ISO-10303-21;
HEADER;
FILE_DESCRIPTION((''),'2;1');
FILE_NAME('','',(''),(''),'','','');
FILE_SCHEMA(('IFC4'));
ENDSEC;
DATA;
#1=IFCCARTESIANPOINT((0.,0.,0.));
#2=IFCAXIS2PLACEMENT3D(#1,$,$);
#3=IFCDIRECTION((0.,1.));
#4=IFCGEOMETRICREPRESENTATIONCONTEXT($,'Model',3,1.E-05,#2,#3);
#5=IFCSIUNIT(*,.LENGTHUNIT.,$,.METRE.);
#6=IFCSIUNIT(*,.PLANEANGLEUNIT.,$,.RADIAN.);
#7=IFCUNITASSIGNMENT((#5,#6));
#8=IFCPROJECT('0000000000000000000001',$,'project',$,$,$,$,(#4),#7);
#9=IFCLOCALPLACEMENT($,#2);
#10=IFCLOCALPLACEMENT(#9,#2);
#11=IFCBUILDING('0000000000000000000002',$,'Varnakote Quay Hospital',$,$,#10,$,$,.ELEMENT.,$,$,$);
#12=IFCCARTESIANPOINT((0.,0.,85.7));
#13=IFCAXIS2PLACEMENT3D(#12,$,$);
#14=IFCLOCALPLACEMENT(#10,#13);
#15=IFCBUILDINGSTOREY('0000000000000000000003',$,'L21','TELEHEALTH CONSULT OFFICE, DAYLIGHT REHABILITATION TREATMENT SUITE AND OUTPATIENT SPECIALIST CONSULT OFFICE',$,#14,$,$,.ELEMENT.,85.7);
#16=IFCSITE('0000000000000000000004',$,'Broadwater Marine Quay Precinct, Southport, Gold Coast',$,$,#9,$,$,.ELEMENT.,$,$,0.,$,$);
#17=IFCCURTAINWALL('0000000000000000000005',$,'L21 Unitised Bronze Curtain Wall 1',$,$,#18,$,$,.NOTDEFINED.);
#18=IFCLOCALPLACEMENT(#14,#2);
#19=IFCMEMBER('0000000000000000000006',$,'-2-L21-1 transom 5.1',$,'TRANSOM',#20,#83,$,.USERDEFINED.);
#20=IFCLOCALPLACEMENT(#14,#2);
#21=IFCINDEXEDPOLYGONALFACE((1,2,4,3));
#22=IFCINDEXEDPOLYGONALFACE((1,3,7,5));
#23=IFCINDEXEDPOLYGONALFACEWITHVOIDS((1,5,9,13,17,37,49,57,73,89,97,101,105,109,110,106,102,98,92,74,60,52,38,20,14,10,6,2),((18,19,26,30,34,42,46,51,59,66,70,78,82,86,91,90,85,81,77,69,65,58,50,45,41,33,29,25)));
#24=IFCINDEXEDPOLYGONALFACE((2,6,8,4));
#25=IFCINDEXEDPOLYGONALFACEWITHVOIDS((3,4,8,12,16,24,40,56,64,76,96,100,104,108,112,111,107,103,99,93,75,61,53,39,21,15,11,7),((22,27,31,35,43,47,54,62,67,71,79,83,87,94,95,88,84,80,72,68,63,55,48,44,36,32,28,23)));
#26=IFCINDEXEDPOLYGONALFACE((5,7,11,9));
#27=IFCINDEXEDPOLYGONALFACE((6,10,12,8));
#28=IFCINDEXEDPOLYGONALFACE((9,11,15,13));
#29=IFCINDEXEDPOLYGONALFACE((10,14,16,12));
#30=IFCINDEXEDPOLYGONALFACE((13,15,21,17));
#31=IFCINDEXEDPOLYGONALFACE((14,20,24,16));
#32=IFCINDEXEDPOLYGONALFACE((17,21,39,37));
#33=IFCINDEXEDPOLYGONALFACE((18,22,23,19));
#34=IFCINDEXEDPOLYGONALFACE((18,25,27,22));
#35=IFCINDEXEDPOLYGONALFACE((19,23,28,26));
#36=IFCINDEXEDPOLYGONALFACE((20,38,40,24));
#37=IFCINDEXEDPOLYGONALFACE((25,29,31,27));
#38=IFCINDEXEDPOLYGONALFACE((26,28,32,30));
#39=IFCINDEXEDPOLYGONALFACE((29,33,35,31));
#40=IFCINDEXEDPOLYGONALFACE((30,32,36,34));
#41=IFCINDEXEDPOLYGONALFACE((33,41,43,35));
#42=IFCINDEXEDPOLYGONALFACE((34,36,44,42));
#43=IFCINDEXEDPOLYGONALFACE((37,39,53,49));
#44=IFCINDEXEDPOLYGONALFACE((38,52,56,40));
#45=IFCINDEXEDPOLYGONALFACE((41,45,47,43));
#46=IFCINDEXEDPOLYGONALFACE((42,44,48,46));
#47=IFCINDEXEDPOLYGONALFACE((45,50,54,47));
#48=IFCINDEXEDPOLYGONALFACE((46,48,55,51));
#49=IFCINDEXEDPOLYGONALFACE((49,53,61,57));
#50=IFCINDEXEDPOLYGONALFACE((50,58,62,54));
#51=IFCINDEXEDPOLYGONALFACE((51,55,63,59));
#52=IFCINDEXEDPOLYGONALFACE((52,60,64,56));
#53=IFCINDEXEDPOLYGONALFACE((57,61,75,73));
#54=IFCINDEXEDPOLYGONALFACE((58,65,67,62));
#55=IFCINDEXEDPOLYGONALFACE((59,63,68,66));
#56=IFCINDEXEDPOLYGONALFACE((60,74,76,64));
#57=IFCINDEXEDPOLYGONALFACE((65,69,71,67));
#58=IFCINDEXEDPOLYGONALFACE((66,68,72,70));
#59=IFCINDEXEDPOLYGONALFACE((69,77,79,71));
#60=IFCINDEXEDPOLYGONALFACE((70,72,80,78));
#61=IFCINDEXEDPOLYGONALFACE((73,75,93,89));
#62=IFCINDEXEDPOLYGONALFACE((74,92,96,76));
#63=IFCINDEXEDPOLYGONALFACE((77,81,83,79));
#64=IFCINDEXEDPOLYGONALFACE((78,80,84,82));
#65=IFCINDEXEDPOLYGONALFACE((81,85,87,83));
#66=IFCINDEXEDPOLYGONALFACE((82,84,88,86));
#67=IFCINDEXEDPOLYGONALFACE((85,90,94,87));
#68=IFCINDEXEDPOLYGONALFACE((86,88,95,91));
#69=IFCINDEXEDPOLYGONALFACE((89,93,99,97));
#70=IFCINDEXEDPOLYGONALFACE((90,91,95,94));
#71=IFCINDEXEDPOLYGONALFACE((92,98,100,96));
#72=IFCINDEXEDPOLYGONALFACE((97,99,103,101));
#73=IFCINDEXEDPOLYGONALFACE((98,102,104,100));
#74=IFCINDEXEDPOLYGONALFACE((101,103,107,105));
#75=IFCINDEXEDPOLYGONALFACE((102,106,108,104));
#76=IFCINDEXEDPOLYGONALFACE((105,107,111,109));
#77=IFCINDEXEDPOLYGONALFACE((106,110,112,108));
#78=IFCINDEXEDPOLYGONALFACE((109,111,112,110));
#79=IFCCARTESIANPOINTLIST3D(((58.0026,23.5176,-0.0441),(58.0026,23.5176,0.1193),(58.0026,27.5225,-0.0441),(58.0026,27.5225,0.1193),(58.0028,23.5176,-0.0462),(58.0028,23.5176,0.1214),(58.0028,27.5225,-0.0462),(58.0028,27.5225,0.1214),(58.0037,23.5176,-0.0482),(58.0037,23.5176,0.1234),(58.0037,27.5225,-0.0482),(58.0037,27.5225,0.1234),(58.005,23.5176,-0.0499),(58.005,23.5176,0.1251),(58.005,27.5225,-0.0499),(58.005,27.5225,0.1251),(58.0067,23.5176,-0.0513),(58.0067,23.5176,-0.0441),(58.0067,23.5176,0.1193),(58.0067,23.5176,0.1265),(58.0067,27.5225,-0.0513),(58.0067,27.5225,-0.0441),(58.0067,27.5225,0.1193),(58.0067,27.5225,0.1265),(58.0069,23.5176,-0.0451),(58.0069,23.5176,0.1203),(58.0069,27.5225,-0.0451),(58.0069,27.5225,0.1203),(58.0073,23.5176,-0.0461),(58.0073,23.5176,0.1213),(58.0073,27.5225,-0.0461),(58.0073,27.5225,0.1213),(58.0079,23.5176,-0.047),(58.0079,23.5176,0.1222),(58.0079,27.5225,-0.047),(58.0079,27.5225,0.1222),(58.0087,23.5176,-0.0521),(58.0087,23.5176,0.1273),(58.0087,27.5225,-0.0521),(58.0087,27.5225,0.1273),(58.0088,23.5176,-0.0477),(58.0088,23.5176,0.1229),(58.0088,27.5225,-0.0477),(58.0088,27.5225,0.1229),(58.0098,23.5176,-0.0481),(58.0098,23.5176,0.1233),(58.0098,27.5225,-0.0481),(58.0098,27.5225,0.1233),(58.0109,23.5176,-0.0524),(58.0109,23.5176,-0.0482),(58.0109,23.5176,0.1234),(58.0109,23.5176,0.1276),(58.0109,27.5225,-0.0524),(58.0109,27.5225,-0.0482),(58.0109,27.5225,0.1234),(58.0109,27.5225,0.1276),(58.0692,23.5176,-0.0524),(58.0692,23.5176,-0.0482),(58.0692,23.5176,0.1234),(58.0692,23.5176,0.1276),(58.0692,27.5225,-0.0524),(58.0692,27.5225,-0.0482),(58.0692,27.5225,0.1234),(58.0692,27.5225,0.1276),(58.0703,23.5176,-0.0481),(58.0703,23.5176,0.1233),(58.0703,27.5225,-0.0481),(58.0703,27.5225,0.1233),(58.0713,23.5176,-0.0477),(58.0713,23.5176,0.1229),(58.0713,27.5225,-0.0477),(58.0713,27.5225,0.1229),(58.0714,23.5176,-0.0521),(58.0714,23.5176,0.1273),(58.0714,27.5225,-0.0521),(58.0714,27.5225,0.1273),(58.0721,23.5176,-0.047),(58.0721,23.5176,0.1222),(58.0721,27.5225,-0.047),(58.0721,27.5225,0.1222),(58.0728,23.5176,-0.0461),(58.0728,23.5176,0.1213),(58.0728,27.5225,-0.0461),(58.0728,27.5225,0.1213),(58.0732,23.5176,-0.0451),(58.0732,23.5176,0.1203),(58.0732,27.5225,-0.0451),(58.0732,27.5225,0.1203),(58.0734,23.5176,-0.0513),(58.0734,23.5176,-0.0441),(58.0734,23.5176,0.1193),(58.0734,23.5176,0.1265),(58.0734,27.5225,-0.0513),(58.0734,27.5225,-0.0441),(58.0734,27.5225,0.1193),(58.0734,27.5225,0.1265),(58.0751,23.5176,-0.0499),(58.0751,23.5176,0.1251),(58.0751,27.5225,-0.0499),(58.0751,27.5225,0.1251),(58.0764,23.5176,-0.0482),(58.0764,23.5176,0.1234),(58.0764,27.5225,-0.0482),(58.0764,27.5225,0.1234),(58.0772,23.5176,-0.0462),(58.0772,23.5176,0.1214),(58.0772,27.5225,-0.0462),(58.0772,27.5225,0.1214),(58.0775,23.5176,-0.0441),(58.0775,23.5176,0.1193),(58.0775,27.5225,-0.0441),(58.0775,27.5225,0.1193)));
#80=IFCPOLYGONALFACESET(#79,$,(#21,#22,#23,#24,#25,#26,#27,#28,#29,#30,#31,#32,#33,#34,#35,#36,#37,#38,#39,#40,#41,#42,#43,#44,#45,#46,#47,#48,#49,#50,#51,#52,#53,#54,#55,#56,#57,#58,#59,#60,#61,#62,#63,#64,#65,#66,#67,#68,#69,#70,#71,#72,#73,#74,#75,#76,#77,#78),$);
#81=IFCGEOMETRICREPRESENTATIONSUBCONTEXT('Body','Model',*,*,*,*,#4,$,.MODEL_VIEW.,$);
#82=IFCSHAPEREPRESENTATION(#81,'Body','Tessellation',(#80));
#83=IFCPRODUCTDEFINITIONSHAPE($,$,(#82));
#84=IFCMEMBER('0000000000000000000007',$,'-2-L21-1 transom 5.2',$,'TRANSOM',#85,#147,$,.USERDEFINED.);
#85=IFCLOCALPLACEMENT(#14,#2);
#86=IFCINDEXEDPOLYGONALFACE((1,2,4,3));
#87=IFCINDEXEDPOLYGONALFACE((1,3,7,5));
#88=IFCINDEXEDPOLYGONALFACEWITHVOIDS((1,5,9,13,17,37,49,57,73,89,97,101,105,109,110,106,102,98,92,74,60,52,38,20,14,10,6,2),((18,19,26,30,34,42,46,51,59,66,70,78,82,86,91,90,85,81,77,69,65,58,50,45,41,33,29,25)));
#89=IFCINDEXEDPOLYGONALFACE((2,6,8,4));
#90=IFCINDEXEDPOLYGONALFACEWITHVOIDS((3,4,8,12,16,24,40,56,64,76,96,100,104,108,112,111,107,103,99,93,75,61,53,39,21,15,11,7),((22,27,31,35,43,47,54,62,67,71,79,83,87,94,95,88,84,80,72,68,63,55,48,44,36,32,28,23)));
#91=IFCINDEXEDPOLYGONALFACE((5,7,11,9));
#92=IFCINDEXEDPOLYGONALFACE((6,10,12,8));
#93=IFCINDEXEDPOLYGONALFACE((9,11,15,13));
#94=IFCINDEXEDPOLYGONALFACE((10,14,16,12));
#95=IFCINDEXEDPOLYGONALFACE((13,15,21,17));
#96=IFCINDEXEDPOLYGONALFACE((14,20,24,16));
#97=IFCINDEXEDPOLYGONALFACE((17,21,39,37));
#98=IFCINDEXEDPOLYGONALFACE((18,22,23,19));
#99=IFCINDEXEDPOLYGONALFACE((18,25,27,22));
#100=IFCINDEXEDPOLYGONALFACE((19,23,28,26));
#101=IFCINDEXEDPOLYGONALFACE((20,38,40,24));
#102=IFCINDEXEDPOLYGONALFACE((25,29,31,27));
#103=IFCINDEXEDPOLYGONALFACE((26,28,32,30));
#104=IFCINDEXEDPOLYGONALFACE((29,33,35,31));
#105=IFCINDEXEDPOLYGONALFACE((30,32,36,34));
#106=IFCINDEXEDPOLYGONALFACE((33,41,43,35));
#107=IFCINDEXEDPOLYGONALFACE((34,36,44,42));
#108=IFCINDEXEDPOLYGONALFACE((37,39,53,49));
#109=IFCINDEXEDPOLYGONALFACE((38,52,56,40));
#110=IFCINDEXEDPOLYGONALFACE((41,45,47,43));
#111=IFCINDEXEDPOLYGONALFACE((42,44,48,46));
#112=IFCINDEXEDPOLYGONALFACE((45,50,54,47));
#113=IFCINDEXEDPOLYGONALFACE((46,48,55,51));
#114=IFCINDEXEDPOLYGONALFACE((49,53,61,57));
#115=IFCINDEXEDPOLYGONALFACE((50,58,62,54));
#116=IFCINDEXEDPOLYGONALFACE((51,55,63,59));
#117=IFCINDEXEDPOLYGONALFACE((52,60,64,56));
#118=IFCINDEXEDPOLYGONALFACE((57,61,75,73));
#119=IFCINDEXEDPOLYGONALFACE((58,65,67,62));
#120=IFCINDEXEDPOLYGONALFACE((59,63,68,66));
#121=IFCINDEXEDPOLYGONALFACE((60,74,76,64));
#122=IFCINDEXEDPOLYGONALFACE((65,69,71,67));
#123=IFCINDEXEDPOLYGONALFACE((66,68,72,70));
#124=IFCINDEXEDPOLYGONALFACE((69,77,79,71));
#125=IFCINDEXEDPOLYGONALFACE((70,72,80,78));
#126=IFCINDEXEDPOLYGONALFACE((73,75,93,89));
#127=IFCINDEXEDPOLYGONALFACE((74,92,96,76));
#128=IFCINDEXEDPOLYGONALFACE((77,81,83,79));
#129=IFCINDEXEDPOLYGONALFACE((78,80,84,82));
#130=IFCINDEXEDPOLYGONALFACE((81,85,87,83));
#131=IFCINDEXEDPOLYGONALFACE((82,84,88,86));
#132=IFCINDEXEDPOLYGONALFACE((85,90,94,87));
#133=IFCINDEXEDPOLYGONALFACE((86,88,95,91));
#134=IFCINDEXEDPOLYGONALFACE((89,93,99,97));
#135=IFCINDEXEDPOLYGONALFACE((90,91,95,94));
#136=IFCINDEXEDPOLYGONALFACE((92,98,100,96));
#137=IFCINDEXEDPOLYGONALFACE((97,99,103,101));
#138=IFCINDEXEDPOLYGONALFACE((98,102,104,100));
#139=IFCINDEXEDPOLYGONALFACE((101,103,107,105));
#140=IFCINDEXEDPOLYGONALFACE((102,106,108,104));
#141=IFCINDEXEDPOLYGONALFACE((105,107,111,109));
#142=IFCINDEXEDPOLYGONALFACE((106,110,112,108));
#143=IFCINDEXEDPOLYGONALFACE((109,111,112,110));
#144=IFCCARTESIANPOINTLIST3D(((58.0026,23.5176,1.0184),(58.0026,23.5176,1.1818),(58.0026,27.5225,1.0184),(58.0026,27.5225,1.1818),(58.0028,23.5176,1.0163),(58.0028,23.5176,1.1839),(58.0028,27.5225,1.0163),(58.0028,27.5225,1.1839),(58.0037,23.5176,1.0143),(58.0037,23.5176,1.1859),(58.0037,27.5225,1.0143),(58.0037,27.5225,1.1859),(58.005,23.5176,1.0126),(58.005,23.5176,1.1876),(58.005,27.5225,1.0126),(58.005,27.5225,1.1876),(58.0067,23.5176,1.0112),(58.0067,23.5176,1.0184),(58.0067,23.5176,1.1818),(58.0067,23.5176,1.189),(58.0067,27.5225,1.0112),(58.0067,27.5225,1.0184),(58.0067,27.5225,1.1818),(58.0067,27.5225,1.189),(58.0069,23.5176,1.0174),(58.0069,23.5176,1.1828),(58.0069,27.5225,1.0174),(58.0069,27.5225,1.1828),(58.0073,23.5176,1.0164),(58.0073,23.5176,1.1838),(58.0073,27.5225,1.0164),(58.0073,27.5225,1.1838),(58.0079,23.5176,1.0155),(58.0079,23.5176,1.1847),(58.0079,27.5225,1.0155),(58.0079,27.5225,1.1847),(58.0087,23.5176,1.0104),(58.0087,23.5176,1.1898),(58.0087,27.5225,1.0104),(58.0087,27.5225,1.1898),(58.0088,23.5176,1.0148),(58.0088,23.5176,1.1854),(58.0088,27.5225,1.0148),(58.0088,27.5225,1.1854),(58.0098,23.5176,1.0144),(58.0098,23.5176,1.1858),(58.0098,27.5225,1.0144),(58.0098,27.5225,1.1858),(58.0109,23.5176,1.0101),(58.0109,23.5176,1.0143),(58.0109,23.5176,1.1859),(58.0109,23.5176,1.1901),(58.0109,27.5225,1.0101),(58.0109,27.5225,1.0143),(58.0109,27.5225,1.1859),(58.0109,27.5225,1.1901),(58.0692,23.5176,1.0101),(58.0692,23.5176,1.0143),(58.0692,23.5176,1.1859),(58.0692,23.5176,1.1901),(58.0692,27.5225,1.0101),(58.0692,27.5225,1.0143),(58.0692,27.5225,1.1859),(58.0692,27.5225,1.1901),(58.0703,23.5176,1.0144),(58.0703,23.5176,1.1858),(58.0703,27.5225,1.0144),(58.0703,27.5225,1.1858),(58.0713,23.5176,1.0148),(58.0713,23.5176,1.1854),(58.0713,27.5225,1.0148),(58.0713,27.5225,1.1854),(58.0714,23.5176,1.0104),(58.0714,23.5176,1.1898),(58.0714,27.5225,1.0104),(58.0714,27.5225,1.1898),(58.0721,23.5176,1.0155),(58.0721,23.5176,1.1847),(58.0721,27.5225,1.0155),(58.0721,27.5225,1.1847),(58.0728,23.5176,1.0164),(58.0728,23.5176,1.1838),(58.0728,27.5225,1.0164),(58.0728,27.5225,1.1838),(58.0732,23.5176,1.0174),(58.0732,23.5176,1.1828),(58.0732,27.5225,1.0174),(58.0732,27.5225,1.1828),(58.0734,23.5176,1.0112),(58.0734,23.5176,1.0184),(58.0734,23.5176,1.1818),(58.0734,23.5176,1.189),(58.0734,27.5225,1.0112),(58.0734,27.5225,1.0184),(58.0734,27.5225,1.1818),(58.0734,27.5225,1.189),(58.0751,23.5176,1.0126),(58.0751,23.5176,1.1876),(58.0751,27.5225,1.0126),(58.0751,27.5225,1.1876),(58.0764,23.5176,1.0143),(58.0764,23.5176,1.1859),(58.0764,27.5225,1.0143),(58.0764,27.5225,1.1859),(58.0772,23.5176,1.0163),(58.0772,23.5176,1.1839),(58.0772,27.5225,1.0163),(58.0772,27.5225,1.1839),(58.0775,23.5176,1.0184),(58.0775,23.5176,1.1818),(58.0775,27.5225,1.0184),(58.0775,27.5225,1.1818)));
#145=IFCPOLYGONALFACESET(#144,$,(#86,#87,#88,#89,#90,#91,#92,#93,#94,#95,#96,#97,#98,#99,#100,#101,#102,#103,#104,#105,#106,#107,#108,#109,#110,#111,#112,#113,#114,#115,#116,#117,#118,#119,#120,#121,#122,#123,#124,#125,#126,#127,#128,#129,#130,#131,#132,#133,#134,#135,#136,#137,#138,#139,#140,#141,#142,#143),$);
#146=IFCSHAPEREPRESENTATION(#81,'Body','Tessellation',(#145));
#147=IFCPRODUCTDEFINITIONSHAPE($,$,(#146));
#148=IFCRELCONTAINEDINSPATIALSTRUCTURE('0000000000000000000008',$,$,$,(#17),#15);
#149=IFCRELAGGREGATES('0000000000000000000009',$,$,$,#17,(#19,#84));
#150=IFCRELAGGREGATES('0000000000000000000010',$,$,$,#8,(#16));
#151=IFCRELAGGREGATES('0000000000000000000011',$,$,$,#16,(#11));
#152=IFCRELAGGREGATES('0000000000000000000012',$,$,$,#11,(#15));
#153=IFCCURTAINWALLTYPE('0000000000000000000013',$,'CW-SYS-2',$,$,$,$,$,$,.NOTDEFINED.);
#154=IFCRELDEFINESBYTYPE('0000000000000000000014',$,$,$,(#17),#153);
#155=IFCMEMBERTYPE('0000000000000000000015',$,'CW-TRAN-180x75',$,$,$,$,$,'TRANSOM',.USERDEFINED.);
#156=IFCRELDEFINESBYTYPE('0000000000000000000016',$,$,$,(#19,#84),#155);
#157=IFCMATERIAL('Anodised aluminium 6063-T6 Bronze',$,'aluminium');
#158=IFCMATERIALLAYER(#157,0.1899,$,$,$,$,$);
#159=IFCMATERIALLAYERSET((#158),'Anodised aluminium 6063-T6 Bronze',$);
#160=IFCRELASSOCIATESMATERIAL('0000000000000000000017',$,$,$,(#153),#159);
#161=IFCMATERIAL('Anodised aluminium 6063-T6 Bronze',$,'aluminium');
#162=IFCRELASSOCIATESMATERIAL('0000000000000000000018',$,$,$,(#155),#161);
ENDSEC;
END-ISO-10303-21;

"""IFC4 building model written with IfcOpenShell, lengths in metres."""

from ifc_helpers import new_model, si_unit, direction, frame, origin, origin_2d, place, context, subcontext, project, spatial, hollow_rectangle, extrude, material, layer, layer_set, material_profile, profile_set, type_object, element, aggregate, save


model = new_model("IFC4")

# Units and contexts
model_context = context("Model", 3, precision=1e-05, world=origin(), true_north=direction((0.0, 1.0)))
body_context = subcontext(model_context, "Body", "Model", "MODEL_VIEW")
ifc_project = project(units=[si_unit("LENGTHUNIT", "METRE"), si_unit("PLANEANGLEUNIT", "RADIAN")], contexts=[model_context])

# Site, building, storey
site_placement = place(None, origin())
site = spatial("IfcSite", under=ifc_project, at=site_placement, Name="Broadwater Marine Quay Precinct, Southport, Gold Coast", CompositionType="ELEMENT", RefElevation=0.0)
building_placement = place(site_placement, origin())
building = spatial("IfcBuilding", under=site, at=building_placement, Name="Varnakote Quay Hospital", CompositionType="ELEMENT")
storey_placement = place(building_placement, frame((0.0, 0.0, 85.7)))
storey = spatial("IfcBuildingStorey", under=building, at=storey_placement, Name="L21", Description="TELEHEALTH CONSULT OFFICE, DAYLIGHT REHABILITATION TREATMENT SUITE AND OUTPATIENT SPECIALIST CONSULT OFFICE", CompositionType="ELEMENT", Elevation=85.7)

# Curtain wall, members
ifc_material_1 = material(Name="Anodised aluminium 6063-T6 Bronze", Category="aluminium")
ifc_layer_1 = layer(ifc_material_1, 0.1899)
ifc_layer_set_1 = layer_set([ifc_layer_1], Name="Anodised aluminium 6063-T6 Bronze")
curtain_wall_type = type_object("IfcCurtainWallType", Name="CW-SYS-2", PredefinedType="NOTDEFINED", material=ifc_layer_set_1)
curtain_wall_placement = place(storey_placement, origin())
curtain_wall = element("IfcCurtainWall", 1, at=curtain_wall_placement, inside=storey, type_object=curtain_wall_type, Name="L21 Unitised Bronze Curtain Wall 1", PredefinedType="NOTDEFINED")
ifc_material_2 = material(Name="Anodised aluminium 6063-T6 Bronze", Category="aluminium")
ifc_material_profile_1 = material_profile(ifc_material_2, hollow_rectangle(XDim=0.075, YDim=0.1799, WallThickness=0.0042, InnerFilletRadius=0.0042, OuterFilletRadius=0.0083, at=origin_2d()), Name="CW-TRAN-180x75")
ifc_profile_set_1 = profile_set([ifc_material_profile_1], Name="Anodised aluminium 6063-T6 Bronze")
member_type_1 = type_object("IfcMemberType", Name="CW-TRAN-180x75", ElementType="TRANSOM", PredefinedType="USERDEFINED", material=ifc_profile_set_1)
member_1_placement = place(storey_placement, frame((58.04, 23.5176, 0.0376), z_axis=(0.0, 1.0, 0.0), x_axis=(-1.0, 0.0, 0.0)))
member_1 = element("IfcMember", 2, at=member_1_placement, type_object=member_type_1, Name="-2-L21-1 transom 5.1", ObjectType="TRANSOM", PredefinedType="USERDEFINED", context=body_context, shape_type="SweptSolid", body=[
    extrude(hollow_rectangle(XDim=0.075, YDim=0.1799, WallThickness=0.0042, InnerFilletRadius=0.0042, OuterFilletRadius=0.0083, at=origin_2d()), origin(), (0.0, 0.0, 1.0), 4.0049),
])
member_2_placement = place(storey_placement, frame((58.04, 23.5176, 1.1001), z_axis=(0.0, 1.0, 0.0), x_axis=(-1.0, 0.0, 0.0)))
member_2 = element("IfcMember", 3, at=member_2_placement, type_object=member_type_1, Name="-2-L21-1 transom 5.2", ObjectType="TRANSOM", PredefinedType="USERDEFINED", context=body_context, shape_type="SweptSolid", body=[
    extrude(hollow_rectangle(XDim=0.075, YDim=0.1799, WallThickness=0.0042, InnerFilletRadius=0.0042, OuterFilletRadius=0.0083, at=origin_2d()), origin(), (0.0, 0.0, 1.0), 4.0049),
])
aggregate(curtain_wall, [member_1, member_2])

save(model, "model.ifc")
